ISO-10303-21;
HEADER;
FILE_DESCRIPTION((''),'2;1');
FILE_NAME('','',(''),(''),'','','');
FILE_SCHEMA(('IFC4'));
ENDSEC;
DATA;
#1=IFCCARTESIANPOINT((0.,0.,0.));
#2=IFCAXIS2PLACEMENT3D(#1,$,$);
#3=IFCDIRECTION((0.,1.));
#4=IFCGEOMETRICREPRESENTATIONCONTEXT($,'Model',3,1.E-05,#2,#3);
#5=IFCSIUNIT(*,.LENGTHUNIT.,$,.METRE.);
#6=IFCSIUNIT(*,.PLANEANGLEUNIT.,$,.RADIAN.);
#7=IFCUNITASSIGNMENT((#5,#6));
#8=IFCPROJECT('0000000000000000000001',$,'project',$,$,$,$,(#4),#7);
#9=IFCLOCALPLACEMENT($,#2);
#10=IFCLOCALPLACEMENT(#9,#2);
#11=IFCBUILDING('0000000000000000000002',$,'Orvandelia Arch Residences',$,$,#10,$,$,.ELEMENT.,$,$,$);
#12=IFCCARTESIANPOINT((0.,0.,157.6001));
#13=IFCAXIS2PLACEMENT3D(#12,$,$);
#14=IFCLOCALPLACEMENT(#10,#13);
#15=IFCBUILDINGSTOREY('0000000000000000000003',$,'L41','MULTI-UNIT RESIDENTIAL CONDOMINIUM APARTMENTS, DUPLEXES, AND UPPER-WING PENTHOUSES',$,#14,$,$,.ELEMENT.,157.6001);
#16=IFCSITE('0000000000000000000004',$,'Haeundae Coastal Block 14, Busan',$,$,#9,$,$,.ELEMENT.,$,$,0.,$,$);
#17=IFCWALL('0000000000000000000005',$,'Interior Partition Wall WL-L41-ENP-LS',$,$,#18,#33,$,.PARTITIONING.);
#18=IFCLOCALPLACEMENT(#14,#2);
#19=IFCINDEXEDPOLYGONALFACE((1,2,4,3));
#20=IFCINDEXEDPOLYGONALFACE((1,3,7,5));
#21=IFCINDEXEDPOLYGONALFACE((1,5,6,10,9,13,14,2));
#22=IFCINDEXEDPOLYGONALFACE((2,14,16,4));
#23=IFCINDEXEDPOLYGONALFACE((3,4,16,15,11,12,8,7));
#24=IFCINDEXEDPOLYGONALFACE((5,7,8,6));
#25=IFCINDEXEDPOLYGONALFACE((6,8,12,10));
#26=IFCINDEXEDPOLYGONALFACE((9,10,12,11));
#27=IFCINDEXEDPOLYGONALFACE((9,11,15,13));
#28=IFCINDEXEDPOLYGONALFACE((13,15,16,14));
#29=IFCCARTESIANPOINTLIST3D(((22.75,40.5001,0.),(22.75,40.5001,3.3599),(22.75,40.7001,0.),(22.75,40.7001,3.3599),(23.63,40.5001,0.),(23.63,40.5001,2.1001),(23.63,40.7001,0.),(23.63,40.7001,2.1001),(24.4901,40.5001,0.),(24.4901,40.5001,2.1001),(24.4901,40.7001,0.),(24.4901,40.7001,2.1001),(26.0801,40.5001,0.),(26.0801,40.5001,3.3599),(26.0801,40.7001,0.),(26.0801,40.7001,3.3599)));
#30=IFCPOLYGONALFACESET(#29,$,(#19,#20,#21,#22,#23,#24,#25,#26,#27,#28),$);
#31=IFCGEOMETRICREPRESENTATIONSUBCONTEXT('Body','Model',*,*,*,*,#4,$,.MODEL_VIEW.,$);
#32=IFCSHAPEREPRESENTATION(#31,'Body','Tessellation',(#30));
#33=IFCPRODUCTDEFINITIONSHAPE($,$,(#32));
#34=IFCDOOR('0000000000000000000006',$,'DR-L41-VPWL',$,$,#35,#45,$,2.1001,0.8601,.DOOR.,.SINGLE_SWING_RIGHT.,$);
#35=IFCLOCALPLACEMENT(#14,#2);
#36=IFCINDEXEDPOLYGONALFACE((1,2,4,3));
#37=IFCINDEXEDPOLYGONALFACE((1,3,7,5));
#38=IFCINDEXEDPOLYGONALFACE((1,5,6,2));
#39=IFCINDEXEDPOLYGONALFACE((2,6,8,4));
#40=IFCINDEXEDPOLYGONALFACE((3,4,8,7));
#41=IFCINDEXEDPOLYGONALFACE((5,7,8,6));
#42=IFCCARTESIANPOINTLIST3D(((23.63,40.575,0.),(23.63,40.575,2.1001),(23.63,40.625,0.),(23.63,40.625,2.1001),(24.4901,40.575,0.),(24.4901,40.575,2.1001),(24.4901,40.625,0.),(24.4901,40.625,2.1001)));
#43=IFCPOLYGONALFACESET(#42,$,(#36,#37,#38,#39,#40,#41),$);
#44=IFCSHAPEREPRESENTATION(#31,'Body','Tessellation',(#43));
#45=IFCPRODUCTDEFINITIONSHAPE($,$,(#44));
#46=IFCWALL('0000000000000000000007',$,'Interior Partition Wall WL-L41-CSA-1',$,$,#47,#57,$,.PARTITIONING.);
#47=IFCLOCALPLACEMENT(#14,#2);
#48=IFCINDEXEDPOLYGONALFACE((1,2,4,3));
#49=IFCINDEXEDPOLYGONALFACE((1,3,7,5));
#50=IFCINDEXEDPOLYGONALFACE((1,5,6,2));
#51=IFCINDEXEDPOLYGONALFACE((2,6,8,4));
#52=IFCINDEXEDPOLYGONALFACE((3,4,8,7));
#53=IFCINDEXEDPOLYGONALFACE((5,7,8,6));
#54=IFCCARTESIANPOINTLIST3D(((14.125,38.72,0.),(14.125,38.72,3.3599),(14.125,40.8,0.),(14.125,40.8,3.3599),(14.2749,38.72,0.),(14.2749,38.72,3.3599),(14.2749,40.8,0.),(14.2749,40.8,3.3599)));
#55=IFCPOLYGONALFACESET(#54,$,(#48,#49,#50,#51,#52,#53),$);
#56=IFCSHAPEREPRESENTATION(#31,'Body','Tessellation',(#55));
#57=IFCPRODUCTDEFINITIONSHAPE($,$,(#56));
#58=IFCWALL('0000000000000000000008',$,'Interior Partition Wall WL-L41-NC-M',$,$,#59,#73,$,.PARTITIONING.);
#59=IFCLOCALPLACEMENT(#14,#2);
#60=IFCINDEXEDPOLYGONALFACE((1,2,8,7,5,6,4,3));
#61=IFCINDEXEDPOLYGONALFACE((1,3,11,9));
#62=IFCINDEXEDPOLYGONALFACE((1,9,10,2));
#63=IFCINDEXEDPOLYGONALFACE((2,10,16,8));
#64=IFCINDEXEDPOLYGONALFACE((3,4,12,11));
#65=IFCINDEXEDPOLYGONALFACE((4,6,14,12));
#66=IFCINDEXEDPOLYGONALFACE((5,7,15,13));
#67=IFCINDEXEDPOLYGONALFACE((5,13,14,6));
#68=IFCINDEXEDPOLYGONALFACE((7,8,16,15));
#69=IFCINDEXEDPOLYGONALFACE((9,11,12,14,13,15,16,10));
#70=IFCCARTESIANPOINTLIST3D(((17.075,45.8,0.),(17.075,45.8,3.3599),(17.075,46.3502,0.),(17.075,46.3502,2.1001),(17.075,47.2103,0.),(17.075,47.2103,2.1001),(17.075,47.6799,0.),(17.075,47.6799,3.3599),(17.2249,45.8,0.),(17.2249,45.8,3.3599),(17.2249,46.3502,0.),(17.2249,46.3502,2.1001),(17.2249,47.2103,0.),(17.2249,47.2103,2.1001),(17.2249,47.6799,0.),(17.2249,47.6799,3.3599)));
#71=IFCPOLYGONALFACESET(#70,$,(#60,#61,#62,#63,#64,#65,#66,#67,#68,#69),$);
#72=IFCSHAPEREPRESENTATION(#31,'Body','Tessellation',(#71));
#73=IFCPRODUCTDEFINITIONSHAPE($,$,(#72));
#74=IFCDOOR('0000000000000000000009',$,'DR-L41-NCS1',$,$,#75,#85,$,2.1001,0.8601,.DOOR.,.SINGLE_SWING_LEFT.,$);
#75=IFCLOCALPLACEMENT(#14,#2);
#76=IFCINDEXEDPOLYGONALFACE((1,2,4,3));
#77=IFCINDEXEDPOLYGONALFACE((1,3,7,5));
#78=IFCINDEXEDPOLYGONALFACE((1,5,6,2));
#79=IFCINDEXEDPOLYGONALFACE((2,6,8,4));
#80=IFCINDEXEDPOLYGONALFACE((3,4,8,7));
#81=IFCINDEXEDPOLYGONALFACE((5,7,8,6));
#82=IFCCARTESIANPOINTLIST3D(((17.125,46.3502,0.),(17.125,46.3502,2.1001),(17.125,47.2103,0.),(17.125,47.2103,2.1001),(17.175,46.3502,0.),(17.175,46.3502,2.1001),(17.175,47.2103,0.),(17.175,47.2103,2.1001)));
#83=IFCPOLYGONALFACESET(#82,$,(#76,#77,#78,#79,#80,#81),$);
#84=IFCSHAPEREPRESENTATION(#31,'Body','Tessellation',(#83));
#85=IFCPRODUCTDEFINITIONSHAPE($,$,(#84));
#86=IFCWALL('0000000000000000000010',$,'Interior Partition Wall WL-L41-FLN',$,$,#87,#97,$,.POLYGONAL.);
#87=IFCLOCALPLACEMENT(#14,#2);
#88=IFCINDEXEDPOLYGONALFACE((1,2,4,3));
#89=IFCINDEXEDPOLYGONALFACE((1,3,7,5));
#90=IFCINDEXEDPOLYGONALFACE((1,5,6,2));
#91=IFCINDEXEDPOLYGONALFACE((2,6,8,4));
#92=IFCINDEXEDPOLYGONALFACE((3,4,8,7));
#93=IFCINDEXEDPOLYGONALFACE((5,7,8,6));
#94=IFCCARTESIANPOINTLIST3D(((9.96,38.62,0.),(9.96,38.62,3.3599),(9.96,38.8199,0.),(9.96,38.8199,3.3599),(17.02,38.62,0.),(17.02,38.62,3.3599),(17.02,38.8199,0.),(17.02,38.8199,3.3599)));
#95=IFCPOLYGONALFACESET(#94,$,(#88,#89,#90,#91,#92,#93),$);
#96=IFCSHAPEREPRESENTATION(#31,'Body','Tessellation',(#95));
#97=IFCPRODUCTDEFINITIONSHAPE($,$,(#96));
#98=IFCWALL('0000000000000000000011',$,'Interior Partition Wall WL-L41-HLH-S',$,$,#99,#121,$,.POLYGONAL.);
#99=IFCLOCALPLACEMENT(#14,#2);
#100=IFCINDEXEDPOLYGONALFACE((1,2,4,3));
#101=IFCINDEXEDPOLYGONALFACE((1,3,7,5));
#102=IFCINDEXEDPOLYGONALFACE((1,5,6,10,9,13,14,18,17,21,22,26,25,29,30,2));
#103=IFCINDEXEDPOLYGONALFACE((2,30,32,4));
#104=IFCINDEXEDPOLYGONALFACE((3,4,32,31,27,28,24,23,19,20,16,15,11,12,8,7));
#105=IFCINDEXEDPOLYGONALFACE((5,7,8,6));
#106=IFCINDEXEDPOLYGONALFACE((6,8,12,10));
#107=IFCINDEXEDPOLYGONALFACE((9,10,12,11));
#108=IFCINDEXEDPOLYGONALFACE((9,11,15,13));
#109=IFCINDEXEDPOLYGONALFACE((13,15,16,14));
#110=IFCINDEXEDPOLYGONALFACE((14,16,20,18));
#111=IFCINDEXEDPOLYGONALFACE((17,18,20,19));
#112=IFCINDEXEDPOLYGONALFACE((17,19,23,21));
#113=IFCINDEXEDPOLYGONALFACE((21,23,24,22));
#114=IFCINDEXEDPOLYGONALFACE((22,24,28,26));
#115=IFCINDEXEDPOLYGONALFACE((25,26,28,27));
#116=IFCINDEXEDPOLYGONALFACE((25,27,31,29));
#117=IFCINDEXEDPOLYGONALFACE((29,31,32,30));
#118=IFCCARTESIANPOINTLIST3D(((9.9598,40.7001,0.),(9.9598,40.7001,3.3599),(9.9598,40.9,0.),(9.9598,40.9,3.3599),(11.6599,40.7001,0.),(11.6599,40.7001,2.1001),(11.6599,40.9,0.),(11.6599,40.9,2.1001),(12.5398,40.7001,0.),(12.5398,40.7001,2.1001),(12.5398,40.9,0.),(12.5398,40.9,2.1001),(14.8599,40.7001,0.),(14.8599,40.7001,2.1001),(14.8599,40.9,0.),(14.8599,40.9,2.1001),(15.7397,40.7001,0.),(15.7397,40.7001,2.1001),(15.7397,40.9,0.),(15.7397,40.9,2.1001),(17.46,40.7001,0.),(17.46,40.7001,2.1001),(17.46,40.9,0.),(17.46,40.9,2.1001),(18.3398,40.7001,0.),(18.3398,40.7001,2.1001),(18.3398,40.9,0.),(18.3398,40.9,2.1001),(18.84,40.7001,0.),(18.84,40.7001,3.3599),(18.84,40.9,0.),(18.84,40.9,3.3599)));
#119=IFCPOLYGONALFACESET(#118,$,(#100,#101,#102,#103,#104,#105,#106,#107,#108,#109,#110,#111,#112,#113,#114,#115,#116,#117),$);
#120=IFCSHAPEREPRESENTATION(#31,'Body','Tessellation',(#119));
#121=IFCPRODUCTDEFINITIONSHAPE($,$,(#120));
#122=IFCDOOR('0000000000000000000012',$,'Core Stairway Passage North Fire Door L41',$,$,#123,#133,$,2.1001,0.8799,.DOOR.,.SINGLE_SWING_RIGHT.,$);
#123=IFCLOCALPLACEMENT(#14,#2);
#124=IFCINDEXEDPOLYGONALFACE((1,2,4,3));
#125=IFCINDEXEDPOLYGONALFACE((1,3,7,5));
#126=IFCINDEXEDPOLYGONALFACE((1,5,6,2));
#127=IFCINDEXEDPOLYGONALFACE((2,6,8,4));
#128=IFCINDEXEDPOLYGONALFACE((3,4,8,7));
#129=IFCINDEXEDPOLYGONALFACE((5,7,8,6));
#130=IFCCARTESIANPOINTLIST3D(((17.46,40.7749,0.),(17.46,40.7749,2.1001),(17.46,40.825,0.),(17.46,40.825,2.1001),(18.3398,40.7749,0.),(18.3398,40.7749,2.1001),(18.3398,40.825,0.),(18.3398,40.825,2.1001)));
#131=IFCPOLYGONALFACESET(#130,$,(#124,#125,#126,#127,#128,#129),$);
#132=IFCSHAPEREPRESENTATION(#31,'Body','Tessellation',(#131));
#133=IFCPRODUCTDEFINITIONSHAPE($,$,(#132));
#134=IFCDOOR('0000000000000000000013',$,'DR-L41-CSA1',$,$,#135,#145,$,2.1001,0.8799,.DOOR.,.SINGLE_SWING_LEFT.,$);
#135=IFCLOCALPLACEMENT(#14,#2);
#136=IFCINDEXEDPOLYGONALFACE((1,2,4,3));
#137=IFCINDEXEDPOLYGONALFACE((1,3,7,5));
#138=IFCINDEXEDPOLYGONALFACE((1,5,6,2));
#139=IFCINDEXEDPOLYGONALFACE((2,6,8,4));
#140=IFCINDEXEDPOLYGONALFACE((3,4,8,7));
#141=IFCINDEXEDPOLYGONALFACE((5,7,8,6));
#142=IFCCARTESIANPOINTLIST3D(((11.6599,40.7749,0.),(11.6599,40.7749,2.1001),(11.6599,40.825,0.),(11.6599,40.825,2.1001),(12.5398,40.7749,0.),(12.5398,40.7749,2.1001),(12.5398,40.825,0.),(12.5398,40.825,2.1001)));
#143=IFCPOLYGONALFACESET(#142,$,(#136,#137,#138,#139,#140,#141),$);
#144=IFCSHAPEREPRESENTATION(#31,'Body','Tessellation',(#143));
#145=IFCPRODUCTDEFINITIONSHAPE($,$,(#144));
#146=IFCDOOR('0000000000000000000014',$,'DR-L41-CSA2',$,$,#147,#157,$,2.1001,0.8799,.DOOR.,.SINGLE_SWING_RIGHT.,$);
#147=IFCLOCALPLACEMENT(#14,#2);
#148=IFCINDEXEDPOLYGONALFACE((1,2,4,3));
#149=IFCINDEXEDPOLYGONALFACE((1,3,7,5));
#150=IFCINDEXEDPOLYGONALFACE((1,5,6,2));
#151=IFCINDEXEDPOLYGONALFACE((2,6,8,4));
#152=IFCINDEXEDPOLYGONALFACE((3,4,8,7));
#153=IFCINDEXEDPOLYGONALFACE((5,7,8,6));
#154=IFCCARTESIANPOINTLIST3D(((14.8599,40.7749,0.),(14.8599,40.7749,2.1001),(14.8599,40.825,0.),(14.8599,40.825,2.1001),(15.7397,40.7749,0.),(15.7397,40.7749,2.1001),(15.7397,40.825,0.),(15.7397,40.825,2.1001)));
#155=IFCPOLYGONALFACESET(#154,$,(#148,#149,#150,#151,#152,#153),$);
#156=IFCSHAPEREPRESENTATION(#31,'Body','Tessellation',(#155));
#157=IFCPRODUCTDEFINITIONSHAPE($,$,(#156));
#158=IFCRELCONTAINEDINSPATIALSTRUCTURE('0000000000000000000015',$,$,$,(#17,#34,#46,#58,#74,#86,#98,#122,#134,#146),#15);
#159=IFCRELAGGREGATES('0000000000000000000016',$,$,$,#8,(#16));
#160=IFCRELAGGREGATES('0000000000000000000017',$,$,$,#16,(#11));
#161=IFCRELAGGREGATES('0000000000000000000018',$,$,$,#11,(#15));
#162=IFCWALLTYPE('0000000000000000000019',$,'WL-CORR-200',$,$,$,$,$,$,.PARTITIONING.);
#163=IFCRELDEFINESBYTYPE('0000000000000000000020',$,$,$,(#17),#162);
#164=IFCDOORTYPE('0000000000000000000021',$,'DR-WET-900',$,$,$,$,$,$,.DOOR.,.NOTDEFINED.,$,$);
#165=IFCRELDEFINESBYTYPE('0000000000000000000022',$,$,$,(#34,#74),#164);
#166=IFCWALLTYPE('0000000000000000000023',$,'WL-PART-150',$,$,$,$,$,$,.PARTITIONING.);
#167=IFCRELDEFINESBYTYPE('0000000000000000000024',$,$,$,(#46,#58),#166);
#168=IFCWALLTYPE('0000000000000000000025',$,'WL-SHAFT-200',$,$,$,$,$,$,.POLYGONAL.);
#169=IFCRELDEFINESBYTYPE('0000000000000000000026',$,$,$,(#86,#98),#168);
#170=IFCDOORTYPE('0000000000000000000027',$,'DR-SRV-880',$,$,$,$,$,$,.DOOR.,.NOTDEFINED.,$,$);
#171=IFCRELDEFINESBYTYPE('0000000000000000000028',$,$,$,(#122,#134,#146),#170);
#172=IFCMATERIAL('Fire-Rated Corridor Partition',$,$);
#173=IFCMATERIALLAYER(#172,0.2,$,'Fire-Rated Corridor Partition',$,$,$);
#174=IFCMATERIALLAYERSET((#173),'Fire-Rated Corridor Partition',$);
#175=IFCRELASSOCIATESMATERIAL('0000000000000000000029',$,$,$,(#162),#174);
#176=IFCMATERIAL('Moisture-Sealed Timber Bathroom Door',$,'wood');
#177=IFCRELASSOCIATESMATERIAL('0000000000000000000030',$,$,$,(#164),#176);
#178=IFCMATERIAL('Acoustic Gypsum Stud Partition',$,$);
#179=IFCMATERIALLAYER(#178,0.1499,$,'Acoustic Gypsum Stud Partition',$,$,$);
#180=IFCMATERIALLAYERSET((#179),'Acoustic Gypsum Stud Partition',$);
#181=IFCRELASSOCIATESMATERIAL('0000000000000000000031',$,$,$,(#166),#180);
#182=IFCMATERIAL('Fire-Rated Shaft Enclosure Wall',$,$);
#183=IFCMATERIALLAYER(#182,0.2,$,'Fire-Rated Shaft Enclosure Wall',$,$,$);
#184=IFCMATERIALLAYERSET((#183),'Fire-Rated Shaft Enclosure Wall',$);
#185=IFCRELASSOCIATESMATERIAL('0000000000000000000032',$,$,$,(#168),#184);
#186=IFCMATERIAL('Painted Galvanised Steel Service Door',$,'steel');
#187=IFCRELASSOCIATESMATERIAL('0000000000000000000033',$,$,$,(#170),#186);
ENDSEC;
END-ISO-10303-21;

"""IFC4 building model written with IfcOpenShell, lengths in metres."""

from ifc_helpers import new_model, si_unit, direction, frame, frame_2d, origin, place, context, subcontext, project, spatial, rectangle, extrude, material, layer, layer_set, type_object, element, fill, save


model = new_model("IFC4")

# Units and contexts
model_context = context("Model", 3, precision=1e-05, world=origin(), true_north=direction((0.0, 1.0)))
body_context = subcontext(model_context, "Body", "Model", "MODEL_VIEW")
ifc_project = project(units=[si_unit("LENGTHUNIT", "METRE"), si_unit("PLANEANGLEUNIT", "RADIAN")], contexts=[model_context])

# Site, building, storey
site_placement = place(None, origin())
site = spatial("IfcSite", under=ifc_project, at=site_placement, Name="Haeundae Coastal Block 14, Busan", CompositionType="ELEMENT", RefElevation=0.0)
building_placement = place(site_placement, origin())
building = spatial("IfcBuilding", under=site, at=building_placement, Name="Orvandelia Arch Residences", CompositionType="ELEMENT")
storey_placement = place(building_placement, frame((0.0, 0.0, 157.6001)))
storey = spatial("IfcBuildingStorey", under=building, at=storey_placement, Name="L41", Description="MULTI-UNIT RESIDENTIAL CONDOMINIUM APARTMENTS, DUPLEXES, AND UPPER-WING PENTHOUSES", CompositionType="ELEMENT", Elevation=157.6001)

# Shared definitions
ifc_material_1 = material(Name="Fire-Rated Corridor Partition")
ifc_layer_1 = layer(ifc_material_1, 0.2, Name="Fire-Rated Corridor Partition")
ifc_layer_set_1 = layer_set([ifc_layer_1], Name="Fire-Rated Corridor Partition")
wall_type_1 = type_object("IfcWallType", Name="WL-CORR-200", PredefinedType="PARTITIONING", material=ifc_layer_set_1)

# Wall, opening, door
wall_1_placement = place(storey_placement, frame((22.75, 40.6001, 0.0), z_axis=(0.0, 0.0, 1.0), x_axis=(1.0, 0.0, 0.0)))
wall_1 = element("IfcWall", 1, at=wall_1_placement, inside=storey, type_object=wall_type_1, Name="Interior Partition Wall WL-L41-ENP-LS", PredefinedType="PARTITIONING", context=body_context, shape_type="SweptSolid", body=[
    extrude(rectangle(XDim=3.3301, YDim=0.2, at=frame_2d((1.665, 0.0))), origin(), (0.0, 0.0, 1.0), 3.3599),
])
opening_1_placement = place(wall_1_placement, frame((0.8799, 0.0, 0.0)))
opening_1 = element("IfcOpeningElement", 2, at=opening_1_placement, cuts=wall_1, PredefinedType="OPENING", context=body_context, shape_type="SweptSolid", body=[
    extrude(rectangle(XDim=0.8601, YDim=2.1001, at=frame_2d((0.4302, 1.05))), frame((0.0, 0.1099, 0.0), z_axis=(0.0, -1.0, 0.0), x_axis=(1.0, 0.0, 0.0)), (0.0, 0.0, 1.0), 0.22),
])
ifc_material_2 = material(Name="Moisture-Sealed Timber Bathroom Door", Category="wood")
door_type_1 = type_object("IfcDoorType", Name="DR-WET-900", OperationType="NOTDEFINED", PredefinedType="DOOR", material=ifc_material_2)
door_1_placement = place(opening_1_placement, origin())
door_1 = element("IfcDoor", 3, at=door_1_placement, inside=storey, type_object=door_type_1, Name="DR-L41-VPWL", OperationType="SINGLE_SWING_RIGHT", OverallHeight=2.1001, OverallWidth=0.8601, PredefinedType="DOOR", context=body_context, shape_type="SweptSolid", body=[
    extrude(rectangle(XDim=0.8601, YDim=2.1001, at=frame_2d((0.4302, 1.05))), frame((0.0, 0.0249, 0.0), z_axis=(0.0, -1.0, 0.0), x_axis=(1.0, 0.0, 0.0)), (0.0, 0.0, 1.0), 0.05),
])
fill(opening_1, door_1)

# Wall
ifc_material_3 = material(Name="Acoustic Gypsum Stud Partition")
ifc_layer_2 = layer(ifc_material_3, 0.1499, Name="Acoustic Gypsum Stud Partition")
ifc_layer_set_2 = layer_set([ifc_layer_2], Name="Acoustic Gypsum Stud Partition")
wall_type_2 = type_object("IfcWallType", Name="WL-PART-150", PredefinedType="PARTITIONING", material=ifc_layer_set_2)
wall_2_placement = place(storey_placement, frame((14.2, 38.72, 0.0), z_axis=(0.0, 0.0, 1.0), x_axis=(0.0, 1.0, 0.0)))
element("IfcWall", 4, at=wall_2_placement, inside=storey, type_object=wall_type_2, Name="Interior Partition Wall WL-L41-CSA-1", PredefinedType="PARTITIONING", context=body_context, shape_type="SweptSolid", body=[
    extrude(rectangle(XDim=2.0801, YDim=0.1499, at=frame_2d((1.04, 0.0))), origin(), (0.0, 0.0, 1.0), 3.3599),
])

# Wall, opening, door
wall_3_placement = place(storey_placement, frame((17.1499, 45.8, 0.0), z_axis=(0.0, 0.0, 1.0), x_axis=(0.0, 1.0, 0.0)))
wall_3 = element("IfcWall", 5, at=wall_3_placement, inside=storey, type_object=wall_type_2, Name="Interior Partition Wall WL-L41-NC-M", PredefinedType="PARTITIONING", context=body_context, shape_type="SweptSolid", body=[
    extrude(rectangle(XDim=1.8799, YDim=0.1499, at=frame_2d((0.9399, 0.0))), origin(), (0.0, 0.0, 1.0), 3.3599),
])
opening_2_placement = place(wall_3_placement, frame((0.55, 0.0, 0.0)))
opening_2 = element("IfcOpeningElement", 6, at=opening_2_placement, cuts=wall_3, PredefinedType="OPENING", context=body_context, shape_type="SweptSolid", body=[
    extrude(rectangle(XDim=0.8601, YDim=2.1001, at=frame_2d((0.4302, 1.05))), frame((0.0, 0.085, 0.0), z_axis=(0.0, -1.0, 0.0), x_axis=(1.0, 0.0, 0.0)), (0.0, 0.0, 1.0), 0.1699),
])
door_2_placement = place(opening_2_placement, origin())
door_2 = element("IfcDoor", 7, at=door_2_placement, inside=storey, type_object=door_type_1, Name="DR-L41-NCS1", OperationType="SINGLE_SWING_LEFT", OverallHeight=2.1001, OverallWidth=0.8601, PredefinedType="DOOR", context=body_context, shape_type="SweptSolid", body=[
    extrude(rectangle(XDim=0.8601, YDim=2.1001, at=frame_2d((0.4302, 1.05))), frame((0.0, 0.0249, 0.0), z_axis=(0.0, -1.0, 0.0), x_axis=(1.0, 0.0, 0.0)), (0.0, 0.0, 1.0), 0.05),
])
fill(opening_2, door_2)

# Wall
ifc_material_4 = material(Name="Fire-Rated Shaft Enclosure Wall")
ifc_layer_3 = layer(ifc_material_4, 0.2, Name="Fire-Rated Shaft Enclosure Wall")
ifc_layer_set_3 = layer_set([ifc_layer_3], Name="Fire-Rated Shaft Enclosure Wall")
wall_type_3 = type_object("IfcWallType", Name="WL-SHAFT-200", PredefinedType="POLYGONAL", material=ifc_layer_set_3)
wall_4_placement = place(storey_placement, frame((9.96, 38.72, 0.0), z_axis=(0.0, 0.0, 1.0), x_axis=(1.0, 0.0, 0.0)))
element("IfcWall", 8, at=wall_4_placement, inside=storey, type_object=wall_type_3, Name="Interior Partition Wall WL-L41-FLN", PredefinedType="POLYGONAL", context=body_context, shape_type="SweptSolid", body=[
    extrude(rectangle(XDim=7.0601, YDim=0.2, at=frame_2d((3.53, 0.0))), origin(), (0.0, 0.0, 1.0), 3.3599),
])

# Wall, openings, doors
wall_5_placement = place(storey_placement, frame((9.96, 40.8, 0.0), z_axis=(0.0, 0.0, 1.0), x_axis=(1.0, 0.0, 0.0)))
wall_5 = element("IfcWall", 9, at=wall_5_placement, inside=storey, type_object=wall_type_3, Name="Interior Partition Wall WL-L41-HLH-S", PredefinedType="POLYGONAL", context=body_context, shape_type="SweptSolid", body=[
    extrude(rectangle(XDim=8.8801, YDim=0.2, at=frame_2d((4.4399, 0.0))), origin(), (0.0, 0.0, 1.0), 3.3599),
])
opening_3_placement = place(wall_5_placement, frame((7.5, 0.0, 0.0)))
opening_3 = element("IfcOpeningElement", 10, at=opening_3_placement, cuts=wall_5, PredefinedType="OPENING", context=body_context, shape_type="SweptSolid", body=[
    extrude(rectangle(XDim=0.8799, YDim=2.1001, at=frame_2d((0.4399, 1.05))), frame((0.0, 0.1099, 0.0), z_axis=(0.0, -1.0, 0.0), x_axis=(1.0, 0.0, 0.0)), (0.0, 0.0, 1.0), 0.22),
])
opening_4_placement = place(wall_5_placement, frame((1.7, 0.0, 0.0)))
opening_4 = element("IfcOpeningElement", 11, at=opening_4_placement, cuts=wall_5, PredefinedType="OPENING", context=body_context, shape_type="SweptSolid", body=[
    extrude(rectangle(XDim=0.8799, YDim=2.1001, at=frame_2d((0.4399, 1.05))), frame((0.0, 0.1099, 0.0), z_axis=(0.0, -1.0, 0.0), x_axis=(1.0, 0.0, 0.0)), (0.0, 0.0, 1.0), 0.22),
])
opening_5_placement = place(wall_5_placement, frame((4.8999, 0.0, 0.0)))
opening_5 = element("IfcOpeningElement", 12, at=opening_5_placement, cuts=wall_5, PredefinedType="OPENING", context=body_context, shape_type="SweptSolid", body=[
    extrude(rectangle(XDim=0.8799, YDim=2.1001, at=frame_2d((0.4399, 1.05))), frame((0.0, 0.1099, 0.0), z_axis=(0.0, -1.0, 0.0), x_axis=(1.0, 0.0, 0.0)), (0.0, 0.0, 1.0), 0.22),
])
ifc_material_5 = material(Name="Painted Galvanised Steel Service Door", Category="steel")
door_type_2 = type_object("IfcDoorType", Name="DR-SRV-880", OperationType="NOTDEFINED", PredefinedType="DOOR", material=ifc_material_5)
door_3_placement = place(opening_3_placement, origin())
door_3 = element("IfcDoor", 13, at=door_3_placement, inside=storey, type_object=door_type_2, Name="Core Stairway Passage North Fire Door L41", OperationType="SINGLE_SWING_RIGHT", OverallHeight=2.1001, OverallWidth=0.8799, PredefinedType="DOOR", context=body_context, shape_type="SweptSolid", body=[
    extrude(rectangle(XDim=0.8799, YDim=2.1001, at=frame_2d((0.4399, 1.05))), frame((0.0, 0.0249, 0.0), z_axis=(0.0, -1.0, 0.0), x_axis=(1.0, 0.0, 0.0)), (0.0, 0.0, 1.0), 0.05),
])
fill(opening_3, door_3)
door_4_placement = place(opening_4_placement, origin())
door_4 = element("IfcDoor", 14, at=door_4_placement, inside=storey, type_object=door_type_2, Name="DR-L41-CSA1", OperationType="SINGLE_SWING_LEFT", OverallHeight=2.1001, OverallWidth=0.8799, PredefinedType="DOOR", context=body_context, shape_type="SweptSolid", body=[
    extrude(rectangle(XDim=0.8799, YDim=2.1001, at=frame_2d((0.4399, 1.05))), frame((0.0, 0.0249, 0.0), z_axis=(0.0, -1.0, 0.0), x_axis=(1.0, 0.0, 0.0)), (0.0, 0.0, 1.0), 0.05),
])
fill(opening_4, door_4)
door_5_placement = place(opening_5_placement, origin())
door_5 = element("IfcDoor", 15, at=door_5_placement, inside=storey, type_object=door_type_2, Name="DR-L41-CSA2", OperationType="SINGLE_SWING_RIGHT", OverallHeight=2.1001, OverallWidth=0.8799, PredefinedType="DOOR", context=body_context, shape_type="SweptSolid", body=[
    extrude(rectangle(XDim=0.8799, YDim=2.1001, at=frame_2d((0.4399, 1.05))), frame((0.0, 0.0249, 0.0), z_axis=(0.0, -1.0, 0.0), x_axis=(1.0, 0.0, 0.0)), (0.0, 0.0, 1.0), 0.05),
])
fill(opening_5, door_5)

save(model, "model.ifc")
